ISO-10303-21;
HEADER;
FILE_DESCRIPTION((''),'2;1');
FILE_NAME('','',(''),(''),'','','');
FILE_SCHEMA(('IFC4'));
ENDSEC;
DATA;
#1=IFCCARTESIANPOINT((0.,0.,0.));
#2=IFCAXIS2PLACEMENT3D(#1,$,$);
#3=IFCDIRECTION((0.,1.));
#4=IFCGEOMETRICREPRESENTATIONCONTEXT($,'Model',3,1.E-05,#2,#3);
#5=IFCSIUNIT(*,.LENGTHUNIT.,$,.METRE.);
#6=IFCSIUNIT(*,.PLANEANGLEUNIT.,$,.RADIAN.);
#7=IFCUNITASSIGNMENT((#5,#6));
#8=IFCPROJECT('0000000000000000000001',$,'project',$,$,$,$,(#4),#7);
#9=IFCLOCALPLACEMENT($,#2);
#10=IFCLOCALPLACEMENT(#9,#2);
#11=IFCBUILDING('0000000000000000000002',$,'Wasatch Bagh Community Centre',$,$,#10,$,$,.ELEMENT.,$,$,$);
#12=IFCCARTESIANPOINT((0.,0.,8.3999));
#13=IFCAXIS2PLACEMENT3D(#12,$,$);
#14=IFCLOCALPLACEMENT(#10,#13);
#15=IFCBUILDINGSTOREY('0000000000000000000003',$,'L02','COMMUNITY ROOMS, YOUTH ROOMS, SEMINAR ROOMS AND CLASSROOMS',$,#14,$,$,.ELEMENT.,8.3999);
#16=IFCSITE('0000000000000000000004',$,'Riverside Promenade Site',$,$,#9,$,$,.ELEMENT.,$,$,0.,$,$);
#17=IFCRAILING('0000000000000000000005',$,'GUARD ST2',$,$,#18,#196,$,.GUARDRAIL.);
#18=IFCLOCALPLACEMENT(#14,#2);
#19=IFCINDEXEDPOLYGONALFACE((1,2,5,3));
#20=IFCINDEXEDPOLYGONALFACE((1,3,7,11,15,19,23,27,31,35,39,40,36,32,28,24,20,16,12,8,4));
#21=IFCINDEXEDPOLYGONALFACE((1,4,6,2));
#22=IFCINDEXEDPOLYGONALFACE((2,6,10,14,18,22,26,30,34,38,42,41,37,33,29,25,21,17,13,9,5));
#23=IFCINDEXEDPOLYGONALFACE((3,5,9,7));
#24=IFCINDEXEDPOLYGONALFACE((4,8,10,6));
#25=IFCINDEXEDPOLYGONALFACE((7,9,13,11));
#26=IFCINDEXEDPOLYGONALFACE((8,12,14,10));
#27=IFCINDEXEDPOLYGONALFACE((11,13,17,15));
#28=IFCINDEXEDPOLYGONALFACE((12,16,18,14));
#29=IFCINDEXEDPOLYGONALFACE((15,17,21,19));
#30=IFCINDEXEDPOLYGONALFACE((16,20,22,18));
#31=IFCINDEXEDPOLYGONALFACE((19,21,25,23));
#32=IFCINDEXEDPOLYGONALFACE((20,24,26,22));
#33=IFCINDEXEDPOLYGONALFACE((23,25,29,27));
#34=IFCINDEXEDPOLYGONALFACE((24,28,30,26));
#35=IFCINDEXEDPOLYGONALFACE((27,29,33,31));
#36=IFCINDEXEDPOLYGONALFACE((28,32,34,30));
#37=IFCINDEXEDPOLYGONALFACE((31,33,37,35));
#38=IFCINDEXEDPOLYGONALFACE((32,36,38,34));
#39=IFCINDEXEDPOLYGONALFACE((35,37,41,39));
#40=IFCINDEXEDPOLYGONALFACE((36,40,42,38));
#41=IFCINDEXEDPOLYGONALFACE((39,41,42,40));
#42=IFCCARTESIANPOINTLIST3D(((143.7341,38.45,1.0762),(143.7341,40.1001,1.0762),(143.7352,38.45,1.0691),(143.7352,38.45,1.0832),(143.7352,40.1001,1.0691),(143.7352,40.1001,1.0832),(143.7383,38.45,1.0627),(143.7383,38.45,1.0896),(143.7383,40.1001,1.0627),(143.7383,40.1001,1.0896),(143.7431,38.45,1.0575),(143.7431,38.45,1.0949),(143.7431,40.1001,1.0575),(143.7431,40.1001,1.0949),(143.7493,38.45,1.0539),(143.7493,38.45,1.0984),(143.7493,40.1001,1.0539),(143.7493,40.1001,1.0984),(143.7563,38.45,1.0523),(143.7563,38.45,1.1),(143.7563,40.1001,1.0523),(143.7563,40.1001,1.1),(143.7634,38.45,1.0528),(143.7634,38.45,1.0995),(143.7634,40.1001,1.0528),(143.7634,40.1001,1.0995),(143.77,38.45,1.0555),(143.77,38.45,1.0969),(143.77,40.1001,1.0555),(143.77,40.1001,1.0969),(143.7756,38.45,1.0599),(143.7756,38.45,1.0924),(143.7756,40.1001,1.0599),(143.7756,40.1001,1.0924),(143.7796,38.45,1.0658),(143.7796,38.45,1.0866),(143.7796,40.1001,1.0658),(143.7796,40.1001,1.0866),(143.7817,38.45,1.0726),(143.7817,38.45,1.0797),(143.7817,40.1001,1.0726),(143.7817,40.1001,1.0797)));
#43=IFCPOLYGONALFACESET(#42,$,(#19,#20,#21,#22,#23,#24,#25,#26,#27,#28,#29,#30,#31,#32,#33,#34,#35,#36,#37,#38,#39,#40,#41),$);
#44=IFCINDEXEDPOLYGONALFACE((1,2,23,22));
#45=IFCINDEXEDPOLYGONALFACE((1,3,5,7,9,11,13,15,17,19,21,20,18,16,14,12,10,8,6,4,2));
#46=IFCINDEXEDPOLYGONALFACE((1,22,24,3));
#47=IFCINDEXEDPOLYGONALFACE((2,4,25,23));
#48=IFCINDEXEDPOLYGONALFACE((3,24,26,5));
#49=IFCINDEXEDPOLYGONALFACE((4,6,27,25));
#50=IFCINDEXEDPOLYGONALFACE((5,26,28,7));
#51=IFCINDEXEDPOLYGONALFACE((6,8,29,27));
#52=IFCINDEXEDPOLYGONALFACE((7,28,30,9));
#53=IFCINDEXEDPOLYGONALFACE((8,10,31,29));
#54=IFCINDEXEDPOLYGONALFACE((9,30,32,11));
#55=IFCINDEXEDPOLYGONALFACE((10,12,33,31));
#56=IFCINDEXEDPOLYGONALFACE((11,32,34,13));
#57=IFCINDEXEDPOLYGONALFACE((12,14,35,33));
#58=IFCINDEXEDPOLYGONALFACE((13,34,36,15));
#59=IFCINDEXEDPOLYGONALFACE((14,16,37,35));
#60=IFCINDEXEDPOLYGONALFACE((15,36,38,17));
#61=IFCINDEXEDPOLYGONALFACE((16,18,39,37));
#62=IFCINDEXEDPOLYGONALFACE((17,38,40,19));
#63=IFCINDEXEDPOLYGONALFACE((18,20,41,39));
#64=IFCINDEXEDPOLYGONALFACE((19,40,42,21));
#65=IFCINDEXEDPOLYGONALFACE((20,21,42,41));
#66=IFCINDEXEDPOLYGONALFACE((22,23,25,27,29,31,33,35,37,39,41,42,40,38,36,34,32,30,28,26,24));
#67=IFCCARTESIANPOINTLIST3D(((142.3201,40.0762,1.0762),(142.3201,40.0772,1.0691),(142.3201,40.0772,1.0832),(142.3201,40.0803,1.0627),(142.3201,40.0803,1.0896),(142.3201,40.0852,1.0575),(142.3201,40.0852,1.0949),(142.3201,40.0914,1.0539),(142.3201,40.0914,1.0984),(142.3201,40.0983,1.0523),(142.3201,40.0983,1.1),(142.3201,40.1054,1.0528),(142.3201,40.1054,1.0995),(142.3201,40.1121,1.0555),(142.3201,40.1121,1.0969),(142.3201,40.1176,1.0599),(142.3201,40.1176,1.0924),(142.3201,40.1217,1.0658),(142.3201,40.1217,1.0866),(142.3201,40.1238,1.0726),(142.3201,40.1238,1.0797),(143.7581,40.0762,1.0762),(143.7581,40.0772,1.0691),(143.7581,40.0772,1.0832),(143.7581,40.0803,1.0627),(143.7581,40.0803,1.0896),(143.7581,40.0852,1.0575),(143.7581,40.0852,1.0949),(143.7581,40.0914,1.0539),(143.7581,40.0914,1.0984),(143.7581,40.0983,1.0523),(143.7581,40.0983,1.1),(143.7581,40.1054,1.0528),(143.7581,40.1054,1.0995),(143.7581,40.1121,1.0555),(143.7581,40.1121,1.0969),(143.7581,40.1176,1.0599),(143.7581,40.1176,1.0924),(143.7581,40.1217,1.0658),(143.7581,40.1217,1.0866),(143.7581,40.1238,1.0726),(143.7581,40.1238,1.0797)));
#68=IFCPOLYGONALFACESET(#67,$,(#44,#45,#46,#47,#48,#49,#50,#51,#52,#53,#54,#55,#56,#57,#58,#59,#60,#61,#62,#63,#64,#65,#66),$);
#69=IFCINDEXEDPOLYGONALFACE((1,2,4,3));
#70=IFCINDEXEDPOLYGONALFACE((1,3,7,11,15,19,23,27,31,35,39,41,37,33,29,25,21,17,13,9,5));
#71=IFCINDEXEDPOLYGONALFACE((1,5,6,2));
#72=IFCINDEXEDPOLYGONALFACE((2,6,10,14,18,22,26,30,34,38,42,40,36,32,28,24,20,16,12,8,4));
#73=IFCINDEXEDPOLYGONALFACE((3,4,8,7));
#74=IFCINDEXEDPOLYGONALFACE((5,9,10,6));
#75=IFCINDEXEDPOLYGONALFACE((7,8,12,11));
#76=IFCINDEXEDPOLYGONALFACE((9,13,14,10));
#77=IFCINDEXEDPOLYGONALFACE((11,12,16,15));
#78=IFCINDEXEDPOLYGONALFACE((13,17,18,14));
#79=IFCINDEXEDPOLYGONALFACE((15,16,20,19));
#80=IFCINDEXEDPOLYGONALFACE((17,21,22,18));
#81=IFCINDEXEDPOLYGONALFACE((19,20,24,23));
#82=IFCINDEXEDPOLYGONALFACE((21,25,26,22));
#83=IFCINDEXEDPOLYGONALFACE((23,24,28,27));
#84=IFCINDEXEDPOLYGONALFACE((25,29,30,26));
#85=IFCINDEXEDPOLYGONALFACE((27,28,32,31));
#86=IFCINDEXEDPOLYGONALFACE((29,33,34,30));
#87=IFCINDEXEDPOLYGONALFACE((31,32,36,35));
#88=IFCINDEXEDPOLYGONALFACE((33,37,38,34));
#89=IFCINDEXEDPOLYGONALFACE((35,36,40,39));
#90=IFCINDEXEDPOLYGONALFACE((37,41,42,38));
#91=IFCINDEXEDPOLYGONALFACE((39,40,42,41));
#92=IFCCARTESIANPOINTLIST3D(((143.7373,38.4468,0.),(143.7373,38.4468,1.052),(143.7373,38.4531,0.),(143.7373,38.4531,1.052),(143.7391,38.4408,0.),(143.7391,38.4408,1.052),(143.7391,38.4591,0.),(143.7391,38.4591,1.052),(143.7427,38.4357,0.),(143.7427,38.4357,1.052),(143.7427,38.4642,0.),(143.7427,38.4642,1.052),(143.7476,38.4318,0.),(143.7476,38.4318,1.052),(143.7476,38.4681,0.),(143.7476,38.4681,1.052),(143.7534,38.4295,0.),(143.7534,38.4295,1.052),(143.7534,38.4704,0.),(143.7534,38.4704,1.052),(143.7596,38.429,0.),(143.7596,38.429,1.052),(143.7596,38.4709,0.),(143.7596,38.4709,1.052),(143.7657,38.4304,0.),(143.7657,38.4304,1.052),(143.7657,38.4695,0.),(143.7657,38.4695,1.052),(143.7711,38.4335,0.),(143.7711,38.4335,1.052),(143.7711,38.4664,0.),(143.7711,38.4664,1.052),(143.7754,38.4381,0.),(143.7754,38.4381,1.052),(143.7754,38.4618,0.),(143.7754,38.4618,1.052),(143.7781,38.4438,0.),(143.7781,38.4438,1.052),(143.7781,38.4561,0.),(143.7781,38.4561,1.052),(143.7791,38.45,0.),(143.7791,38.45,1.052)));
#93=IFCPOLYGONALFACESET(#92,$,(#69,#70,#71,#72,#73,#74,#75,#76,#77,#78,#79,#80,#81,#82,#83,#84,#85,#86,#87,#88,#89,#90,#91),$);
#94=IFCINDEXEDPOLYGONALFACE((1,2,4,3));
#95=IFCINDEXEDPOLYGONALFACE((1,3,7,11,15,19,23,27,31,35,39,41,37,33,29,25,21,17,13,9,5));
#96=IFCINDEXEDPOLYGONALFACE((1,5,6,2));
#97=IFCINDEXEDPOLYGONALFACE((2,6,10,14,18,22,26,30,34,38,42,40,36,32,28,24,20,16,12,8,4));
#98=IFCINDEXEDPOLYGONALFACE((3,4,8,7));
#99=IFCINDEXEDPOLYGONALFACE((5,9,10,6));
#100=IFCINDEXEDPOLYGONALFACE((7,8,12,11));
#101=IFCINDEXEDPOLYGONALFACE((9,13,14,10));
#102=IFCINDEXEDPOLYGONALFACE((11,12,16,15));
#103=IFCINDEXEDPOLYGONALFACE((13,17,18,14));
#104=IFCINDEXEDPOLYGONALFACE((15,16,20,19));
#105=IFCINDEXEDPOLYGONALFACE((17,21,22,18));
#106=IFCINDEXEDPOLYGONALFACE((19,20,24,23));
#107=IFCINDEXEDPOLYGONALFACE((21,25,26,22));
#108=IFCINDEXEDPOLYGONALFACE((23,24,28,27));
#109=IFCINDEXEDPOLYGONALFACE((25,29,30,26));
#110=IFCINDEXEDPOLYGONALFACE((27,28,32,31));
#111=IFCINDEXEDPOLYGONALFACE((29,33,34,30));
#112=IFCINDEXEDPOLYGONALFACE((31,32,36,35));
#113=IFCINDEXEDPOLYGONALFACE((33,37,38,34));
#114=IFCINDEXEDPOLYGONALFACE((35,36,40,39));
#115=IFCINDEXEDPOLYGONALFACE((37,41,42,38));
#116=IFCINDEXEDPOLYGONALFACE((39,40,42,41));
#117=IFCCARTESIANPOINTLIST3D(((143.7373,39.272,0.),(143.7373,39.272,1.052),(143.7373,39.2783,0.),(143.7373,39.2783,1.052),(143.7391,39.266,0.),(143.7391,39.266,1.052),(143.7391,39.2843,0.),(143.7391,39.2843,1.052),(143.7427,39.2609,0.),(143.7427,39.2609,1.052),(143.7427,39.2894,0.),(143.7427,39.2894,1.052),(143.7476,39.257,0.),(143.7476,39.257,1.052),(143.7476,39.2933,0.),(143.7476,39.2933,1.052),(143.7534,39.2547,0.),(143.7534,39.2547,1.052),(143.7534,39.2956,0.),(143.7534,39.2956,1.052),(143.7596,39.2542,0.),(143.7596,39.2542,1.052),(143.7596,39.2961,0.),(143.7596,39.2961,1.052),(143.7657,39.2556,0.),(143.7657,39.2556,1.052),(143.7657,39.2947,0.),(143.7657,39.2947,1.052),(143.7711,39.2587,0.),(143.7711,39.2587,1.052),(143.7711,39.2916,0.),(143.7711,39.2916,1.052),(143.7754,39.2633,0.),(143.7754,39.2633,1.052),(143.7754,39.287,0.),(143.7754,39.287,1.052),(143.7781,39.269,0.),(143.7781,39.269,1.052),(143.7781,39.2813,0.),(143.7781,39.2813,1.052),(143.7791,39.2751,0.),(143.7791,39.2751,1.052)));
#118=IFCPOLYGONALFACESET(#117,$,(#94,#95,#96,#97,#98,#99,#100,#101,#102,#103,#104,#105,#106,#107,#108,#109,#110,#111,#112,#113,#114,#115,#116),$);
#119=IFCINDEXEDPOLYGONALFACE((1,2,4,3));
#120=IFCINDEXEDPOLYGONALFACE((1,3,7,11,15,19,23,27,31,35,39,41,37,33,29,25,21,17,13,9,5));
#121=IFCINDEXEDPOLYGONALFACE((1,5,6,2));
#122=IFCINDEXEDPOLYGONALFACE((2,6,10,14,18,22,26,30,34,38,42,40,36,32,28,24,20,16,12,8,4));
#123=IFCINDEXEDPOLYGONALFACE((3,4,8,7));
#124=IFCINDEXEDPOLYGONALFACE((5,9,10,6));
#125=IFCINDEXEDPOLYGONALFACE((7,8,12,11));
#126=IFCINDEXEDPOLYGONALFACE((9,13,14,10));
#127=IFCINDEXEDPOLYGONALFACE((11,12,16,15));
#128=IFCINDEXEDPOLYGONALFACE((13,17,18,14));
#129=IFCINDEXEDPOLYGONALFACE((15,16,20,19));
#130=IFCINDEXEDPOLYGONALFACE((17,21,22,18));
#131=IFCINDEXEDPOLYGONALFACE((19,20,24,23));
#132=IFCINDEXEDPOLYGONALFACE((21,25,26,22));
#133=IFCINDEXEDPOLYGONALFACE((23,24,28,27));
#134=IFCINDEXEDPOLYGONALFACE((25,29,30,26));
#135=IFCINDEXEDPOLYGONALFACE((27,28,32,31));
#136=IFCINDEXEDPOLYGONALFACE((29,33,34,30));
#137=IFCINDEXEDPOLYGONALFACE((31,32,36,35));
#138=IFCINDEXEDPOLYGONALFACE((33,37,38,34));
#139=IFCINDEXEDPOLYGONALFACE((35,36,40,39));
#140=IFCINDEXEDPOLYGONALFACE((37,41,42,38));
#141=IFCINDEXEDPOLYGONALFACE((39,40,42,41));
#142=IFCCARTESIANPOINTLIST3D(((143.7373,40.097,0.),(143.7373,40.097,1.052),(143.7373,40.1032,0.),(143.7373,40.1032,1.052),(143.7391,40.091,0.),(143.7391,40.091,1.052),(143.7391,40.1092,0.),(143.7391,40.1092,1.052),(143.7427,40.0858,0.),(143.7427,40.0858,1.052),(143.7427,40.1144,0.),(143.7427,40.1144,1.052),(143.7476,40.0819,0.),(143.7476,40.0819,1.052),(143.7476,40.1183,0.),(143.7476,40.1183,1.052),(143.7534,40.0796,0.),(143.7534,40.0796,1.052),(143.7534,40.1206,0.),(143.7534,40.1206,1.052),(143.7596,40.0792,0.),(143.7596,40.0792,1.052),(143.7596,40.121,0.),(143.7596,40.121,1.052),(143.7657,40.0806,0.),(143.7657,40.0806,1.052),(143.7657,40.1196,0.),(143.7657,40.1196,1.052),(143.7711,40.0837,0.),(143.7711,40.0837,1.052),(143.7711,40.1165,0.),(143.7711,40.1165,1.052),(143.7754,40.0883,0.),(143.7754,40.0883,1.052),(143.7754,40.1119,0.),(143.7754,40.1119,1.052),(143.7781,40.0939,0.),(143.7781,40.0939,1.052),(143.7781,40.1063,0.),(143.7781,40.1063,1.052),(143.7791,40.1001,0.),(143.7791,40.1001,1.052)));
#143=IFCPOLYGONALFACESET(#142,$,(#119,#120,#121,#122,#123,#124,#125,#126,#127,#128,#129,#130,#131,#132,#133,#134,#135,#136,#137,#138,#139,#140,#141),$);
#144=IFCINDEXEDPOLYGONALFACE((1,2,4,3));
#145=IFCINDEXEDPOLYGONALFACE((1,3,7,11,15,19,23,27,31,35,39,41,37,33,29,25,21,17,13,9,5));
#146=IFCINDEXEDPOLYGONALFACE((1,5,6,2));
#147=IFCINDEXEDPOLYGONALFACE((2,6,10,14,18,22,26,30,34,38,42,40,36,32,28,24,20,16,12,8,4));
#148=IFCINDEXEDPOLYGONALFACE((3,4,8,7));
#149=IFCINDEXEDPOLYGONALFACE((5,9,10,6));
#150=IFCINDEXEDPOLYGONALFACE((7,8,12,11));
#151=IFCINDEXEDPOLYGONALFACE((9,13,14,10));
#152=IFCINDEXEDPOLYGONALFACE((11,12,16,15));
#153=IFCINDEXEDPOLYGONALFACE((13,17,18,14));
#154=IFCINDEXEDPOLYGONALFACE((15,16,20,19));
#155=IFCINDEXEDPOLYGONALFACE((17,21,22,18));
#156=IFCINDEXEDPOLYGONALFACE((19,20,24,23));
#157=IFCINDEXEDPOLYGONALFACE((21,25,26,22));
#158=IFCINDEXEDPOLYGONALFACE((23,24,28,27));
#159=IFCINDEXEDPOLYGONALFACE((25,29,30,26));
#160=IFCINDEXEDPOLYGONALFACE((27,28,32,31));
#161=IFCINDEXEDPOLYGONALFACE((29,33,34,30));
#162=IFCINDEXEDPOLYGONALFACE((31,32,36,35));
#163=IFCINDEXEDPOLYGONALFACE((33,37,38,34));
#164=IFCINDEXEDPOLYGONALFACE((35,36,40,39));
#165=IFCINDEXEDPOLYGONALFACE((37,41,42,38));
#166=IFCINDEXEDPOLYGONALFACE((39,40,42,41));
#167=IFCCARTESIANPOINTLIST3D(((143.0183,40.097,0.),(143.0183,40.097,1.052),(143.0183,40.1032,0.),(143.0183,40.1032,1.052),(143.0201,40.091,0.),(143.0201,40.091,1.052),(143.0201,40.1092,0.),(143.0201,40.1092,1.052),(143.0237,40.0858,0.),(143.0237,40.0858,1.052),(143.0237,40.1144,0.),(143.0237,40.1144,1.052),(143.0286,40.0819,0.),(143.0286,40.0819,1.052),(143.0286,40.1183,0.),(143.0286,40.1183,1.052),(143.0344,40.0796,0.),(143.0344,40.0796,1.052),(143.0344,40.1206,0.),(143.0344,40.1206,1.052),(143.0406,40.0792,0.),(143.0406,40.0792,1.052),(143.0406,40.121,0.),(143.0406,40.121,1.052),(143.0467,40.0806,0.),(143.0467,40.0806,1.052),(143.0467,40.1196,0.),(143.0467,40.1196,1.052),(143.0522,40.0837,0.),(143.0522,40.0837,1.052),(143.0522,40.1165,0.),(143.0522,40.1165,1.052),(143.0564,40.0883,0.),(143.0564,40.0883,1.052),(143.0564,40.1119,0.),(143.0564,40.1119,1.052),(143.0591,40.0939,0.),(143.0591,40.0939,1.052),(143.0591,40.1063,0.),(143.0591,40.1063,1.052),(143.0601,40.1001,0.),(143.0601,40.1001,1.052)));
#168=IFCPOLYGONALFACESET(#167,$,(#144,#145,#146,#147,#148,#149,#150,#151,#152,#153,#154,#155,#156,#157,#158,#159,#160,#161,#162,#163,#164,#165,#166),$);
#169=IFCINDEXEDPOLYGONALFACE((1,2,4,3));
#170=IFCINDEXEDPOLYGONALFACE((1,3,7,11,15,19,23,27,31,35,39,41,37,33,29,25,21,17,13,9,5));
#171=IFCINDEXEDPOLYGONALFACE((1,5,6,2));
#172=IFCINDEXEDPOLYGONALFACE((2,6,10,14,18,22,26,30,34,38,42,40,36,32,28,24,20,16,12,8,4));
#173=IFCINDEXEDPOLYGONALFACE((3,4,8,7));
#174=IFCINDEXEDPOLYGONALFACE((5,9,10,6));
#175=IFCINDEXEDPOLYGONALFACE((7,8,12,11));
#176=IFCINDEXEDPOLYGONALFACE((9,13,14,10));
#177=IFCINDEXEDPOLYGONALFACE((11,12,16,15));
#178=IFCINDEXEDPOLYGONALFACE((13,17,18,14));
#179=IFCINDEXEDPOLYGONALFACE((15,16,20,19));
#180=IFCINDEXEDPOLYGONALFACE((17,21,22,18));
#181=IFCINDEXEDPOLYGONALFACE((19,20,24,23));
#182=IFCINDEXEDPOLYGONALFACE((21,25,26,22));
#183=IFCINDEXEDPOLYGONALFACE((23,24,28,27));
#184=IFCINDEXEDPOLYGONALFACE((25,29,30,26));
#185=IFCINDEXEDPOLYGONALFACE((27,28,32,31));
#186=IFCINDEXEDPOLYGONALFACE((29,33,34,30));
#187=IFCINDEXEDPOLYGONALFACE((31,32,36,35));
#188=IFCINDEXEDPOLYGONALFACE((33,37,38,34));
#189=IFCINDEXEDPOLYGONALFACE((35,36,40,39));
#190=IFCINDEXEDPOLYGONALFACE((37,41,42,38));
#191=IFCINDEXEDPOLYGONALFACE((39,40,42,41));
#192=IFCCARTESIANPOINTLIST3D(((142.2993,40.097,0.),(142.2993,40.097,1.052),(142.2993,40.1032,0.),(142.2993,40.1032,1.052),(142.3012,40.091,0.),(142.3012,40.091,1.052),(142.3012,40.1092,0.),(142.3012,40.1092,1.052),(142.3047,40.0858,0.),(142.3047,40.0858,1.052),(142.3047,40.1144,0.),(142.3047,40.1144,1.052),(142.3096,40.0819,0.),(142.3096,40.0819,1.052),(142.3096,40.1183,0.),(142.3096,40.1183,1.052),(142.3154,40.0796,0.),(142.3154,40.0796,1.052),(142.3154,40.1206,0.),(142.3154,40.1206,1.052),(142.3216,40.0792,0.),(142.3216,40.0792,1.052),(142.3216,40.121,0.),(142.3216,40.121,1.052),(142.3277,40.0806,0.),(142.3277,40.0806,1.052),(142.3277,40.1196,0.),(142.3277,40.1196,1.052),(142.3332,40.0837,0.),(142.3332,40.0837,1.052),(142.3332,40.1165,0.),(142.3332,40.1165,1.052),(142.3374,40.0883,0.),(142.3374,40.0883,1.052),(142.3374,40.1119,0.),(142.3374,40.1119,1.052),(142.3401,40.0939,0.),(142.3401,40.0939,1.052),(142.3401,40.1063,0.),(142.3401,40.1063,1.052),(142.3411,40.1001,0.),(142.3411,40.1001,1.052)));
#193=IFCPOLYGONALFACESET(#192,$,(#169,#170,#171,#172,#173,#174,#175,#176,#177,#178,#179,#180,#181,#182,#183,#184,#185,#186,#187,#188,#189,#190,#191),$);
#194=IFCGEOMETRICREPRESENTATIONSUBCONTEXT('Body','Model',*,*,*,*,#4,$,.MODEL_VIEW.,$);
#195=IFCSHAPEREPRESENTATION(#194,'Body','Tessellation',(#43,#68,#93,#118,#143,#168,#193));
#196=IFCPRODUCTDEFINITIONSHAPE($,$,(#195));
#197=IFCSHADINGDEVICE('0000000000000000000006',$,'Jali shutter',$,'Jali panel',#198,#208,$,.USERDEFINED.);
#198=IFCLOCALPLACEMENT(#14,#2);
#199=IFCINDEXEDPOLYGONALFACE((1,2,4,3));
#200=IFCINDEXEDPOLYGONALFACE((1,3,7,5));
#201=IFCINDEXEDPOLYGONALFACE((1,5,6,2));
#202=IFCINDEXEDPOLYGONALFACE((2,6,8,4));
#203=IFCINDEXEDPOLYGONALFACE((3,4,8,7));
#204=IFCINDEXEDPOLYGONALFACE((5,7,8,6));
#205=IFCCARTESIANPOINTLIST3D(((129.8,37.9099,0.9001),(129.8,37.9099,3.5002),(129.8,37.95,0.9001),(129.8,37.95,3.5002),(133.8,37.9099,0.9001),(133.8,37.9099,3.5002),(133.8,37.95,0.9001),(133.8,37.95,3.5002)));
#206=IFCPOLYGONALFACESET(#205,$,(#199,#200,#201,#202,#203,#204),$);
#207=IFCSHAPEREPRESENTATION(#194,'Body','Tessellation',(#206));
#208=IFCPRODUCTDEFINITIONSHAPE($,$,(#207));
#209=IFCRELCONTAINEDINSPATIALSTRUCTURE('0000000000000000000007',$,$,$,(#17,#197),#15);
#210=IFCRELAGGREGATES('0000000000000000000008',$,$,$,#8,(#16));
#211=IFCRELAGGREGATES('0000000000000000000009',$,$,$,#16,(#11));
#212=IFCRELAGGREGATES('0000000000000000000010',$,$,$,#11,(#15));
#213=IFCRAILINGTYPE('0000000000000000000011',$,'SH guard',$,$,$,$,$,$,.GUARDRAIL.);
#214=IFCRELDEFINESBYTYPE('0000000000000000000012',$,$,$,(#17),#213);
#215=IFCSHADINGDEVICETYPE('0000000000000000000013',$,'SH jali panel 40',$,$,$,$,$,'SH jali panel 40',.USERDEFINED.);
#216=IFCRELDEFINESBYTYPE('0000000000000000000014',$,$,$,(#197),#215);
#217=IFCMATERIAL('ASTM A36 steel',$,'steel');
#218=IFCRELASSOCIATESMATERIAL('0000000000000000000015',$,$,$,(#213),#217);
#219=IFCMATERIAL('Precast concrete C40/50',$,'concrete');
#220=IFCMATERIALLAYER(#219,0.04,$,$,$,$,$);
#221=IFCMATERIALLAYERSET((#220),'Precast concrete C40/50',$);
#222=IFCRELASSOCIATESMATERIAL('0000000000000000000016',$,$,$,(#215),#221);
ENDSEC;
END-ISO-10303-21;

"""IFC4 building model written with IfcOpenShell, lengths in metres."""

from ifc_helpers import new_model, si_unit, direction, frame, origin, origin_2d, place, context, subcontext, project, spatial, rectangle, circle, extrude, material, layer, layer_set, type_object, element, save


model = new_model("IFC4")

# Units and contexts
model_context = context("Model", 3, precision=1e-05, world=origin(), true_north=direction((0.0, 1.0)))
body_context = subcontext(model_context, "Body", "Model", "MODEL_VIEW")
ifc_project = project(units=[si_unit("LENGTHUNIT", "METRE"), si_unit("PLANEANGLEUNIT", "RADIAN")], contexts=[model_context])

# Site, building, storey
site_placement = place(None, origin())
site = spatial("IfcSite", under=ifc_project, at=site_placement, Name="Riverside Promenade Site", CompositionType="ELEMENT", RefElevation=0.0)
building_placement = place(site_placement, origin())
building = spatial("IfcBuilding", under=site, at=building_placement, Name="Wasatch Bagh Community Centre", CompositionType="ELEMENT")
storey_placement = place(building_placement, frame((0.0, 0.0, 8.3999)))
storey = spatial("IfcBuildingStorey", under=building, at=storey_placement, Name="L02", Description="COMMUNITY ROOMS, YOUTH ROOMS, SEMINAR ROOMS AND CLASSROOMS", CompositionType="ELEMENT", Elevation=8.3999)

# Railing
ifc_material_1 = material(Name="ASTM A36 steel", Category="steel")
railing_type = type_object("IfcRailingType", Name="SH guard", PredefinedType="GUARDRAIL", material=ifc_material_1)
railing_placement = place(storey_placement, frame((143.7581, 38.45, 0.0)))
element("IfcRailing", 1, at=railing_placement, inside=storey, type_object=railing_type, Name="GUARD ST2", PredefinedType="GUARDRAIL", context=body_context, shape_type="SweptSolid", body=[
    extrude(circle(Radius=0.0239, at=origin_2d()), frame((0.0, 0.0, 1.0762), z_axis=(0.0, 1.0, 0.0), x_axis=(-1.0, 0.0, 0.0)), (0.0, 0.0, 1.0), 1.6501),
    extrude(circle(Radius=0.0239, at=origin_2d()), frame((0.0, 1.6501, 1.0762), z_axis=(-1.0, 0.0, 0.0), x_axis=(0.0, -1.0, 0.0)), (0.0, 0.0, 1.0), 1.438),
    extrude(circle(Radius=0.021, at=origin_2d()), origin(), (0.0, 0.0, 1.0), 1.052),
    extrude(circle(Radius=0.021, at=origin_2d()), frame((0.0, 0.8252, 0.0)), (0.0, 0.0, 1.0), 1.052),
    extrude(circle(Radius=0.021, at=origin_2d()), frame((0.0, 1.6501, 0.0)), (0.0, 0.0, 1.0), 1.052),
    extrude(circle(Radius=0.021, at=origin_2d()), frame((-0.719, 1.6501, 0.0)), (0.0, 0.0, 1.0), 1.052),
    extrude(circle(Radius=0.021, at=origin_2d()), frame((-1.438, 1.6501, 0.0)), (0.0, 0.0, 1.0), 1.052),
])

# Shading device
ifc_material_2 = material(Name="Precast concrete C40/50", Category="concrete")
ifc_layer_1 = layer(ifc_material_2, 0.04)
ifc_layer_set_1 = layer_set([ifc_layer_1], Name="Precast concrete C40/50")
shading_device_type = type_object("IfcShadingDeviceType", Name="SH jali panel 40", ElementType="SH jali panel 40", PredefinedType="USERDEFINED", material=ifc_layer_set_1)
for number, where, z_axis, x_axis, name in (
    (2, (131.8, 37.9299, 0.9001), (0.0, 0.0, 1.0), (1.0, 0.0, 0.0), "Jali shutter"),
):
    element("IfcShadingDevice", number, at=place(storey_placement, frame(where, z_axis=z_axis, x_axis=x_axis)), inside=storey, type_object=shading_device_type, Name=name, ObjectType="Jali panel", PredefinedType="USERDEFINED", context=body_context, shape_type="SweptSolid", body=[
        extrude(rectangle(XDim=4.0, YDim=0.04, at=origin_2d()), origin(), (0.0, 0.0, 1.0), 2.6001),
    ])

save(model, "model.ifc")
